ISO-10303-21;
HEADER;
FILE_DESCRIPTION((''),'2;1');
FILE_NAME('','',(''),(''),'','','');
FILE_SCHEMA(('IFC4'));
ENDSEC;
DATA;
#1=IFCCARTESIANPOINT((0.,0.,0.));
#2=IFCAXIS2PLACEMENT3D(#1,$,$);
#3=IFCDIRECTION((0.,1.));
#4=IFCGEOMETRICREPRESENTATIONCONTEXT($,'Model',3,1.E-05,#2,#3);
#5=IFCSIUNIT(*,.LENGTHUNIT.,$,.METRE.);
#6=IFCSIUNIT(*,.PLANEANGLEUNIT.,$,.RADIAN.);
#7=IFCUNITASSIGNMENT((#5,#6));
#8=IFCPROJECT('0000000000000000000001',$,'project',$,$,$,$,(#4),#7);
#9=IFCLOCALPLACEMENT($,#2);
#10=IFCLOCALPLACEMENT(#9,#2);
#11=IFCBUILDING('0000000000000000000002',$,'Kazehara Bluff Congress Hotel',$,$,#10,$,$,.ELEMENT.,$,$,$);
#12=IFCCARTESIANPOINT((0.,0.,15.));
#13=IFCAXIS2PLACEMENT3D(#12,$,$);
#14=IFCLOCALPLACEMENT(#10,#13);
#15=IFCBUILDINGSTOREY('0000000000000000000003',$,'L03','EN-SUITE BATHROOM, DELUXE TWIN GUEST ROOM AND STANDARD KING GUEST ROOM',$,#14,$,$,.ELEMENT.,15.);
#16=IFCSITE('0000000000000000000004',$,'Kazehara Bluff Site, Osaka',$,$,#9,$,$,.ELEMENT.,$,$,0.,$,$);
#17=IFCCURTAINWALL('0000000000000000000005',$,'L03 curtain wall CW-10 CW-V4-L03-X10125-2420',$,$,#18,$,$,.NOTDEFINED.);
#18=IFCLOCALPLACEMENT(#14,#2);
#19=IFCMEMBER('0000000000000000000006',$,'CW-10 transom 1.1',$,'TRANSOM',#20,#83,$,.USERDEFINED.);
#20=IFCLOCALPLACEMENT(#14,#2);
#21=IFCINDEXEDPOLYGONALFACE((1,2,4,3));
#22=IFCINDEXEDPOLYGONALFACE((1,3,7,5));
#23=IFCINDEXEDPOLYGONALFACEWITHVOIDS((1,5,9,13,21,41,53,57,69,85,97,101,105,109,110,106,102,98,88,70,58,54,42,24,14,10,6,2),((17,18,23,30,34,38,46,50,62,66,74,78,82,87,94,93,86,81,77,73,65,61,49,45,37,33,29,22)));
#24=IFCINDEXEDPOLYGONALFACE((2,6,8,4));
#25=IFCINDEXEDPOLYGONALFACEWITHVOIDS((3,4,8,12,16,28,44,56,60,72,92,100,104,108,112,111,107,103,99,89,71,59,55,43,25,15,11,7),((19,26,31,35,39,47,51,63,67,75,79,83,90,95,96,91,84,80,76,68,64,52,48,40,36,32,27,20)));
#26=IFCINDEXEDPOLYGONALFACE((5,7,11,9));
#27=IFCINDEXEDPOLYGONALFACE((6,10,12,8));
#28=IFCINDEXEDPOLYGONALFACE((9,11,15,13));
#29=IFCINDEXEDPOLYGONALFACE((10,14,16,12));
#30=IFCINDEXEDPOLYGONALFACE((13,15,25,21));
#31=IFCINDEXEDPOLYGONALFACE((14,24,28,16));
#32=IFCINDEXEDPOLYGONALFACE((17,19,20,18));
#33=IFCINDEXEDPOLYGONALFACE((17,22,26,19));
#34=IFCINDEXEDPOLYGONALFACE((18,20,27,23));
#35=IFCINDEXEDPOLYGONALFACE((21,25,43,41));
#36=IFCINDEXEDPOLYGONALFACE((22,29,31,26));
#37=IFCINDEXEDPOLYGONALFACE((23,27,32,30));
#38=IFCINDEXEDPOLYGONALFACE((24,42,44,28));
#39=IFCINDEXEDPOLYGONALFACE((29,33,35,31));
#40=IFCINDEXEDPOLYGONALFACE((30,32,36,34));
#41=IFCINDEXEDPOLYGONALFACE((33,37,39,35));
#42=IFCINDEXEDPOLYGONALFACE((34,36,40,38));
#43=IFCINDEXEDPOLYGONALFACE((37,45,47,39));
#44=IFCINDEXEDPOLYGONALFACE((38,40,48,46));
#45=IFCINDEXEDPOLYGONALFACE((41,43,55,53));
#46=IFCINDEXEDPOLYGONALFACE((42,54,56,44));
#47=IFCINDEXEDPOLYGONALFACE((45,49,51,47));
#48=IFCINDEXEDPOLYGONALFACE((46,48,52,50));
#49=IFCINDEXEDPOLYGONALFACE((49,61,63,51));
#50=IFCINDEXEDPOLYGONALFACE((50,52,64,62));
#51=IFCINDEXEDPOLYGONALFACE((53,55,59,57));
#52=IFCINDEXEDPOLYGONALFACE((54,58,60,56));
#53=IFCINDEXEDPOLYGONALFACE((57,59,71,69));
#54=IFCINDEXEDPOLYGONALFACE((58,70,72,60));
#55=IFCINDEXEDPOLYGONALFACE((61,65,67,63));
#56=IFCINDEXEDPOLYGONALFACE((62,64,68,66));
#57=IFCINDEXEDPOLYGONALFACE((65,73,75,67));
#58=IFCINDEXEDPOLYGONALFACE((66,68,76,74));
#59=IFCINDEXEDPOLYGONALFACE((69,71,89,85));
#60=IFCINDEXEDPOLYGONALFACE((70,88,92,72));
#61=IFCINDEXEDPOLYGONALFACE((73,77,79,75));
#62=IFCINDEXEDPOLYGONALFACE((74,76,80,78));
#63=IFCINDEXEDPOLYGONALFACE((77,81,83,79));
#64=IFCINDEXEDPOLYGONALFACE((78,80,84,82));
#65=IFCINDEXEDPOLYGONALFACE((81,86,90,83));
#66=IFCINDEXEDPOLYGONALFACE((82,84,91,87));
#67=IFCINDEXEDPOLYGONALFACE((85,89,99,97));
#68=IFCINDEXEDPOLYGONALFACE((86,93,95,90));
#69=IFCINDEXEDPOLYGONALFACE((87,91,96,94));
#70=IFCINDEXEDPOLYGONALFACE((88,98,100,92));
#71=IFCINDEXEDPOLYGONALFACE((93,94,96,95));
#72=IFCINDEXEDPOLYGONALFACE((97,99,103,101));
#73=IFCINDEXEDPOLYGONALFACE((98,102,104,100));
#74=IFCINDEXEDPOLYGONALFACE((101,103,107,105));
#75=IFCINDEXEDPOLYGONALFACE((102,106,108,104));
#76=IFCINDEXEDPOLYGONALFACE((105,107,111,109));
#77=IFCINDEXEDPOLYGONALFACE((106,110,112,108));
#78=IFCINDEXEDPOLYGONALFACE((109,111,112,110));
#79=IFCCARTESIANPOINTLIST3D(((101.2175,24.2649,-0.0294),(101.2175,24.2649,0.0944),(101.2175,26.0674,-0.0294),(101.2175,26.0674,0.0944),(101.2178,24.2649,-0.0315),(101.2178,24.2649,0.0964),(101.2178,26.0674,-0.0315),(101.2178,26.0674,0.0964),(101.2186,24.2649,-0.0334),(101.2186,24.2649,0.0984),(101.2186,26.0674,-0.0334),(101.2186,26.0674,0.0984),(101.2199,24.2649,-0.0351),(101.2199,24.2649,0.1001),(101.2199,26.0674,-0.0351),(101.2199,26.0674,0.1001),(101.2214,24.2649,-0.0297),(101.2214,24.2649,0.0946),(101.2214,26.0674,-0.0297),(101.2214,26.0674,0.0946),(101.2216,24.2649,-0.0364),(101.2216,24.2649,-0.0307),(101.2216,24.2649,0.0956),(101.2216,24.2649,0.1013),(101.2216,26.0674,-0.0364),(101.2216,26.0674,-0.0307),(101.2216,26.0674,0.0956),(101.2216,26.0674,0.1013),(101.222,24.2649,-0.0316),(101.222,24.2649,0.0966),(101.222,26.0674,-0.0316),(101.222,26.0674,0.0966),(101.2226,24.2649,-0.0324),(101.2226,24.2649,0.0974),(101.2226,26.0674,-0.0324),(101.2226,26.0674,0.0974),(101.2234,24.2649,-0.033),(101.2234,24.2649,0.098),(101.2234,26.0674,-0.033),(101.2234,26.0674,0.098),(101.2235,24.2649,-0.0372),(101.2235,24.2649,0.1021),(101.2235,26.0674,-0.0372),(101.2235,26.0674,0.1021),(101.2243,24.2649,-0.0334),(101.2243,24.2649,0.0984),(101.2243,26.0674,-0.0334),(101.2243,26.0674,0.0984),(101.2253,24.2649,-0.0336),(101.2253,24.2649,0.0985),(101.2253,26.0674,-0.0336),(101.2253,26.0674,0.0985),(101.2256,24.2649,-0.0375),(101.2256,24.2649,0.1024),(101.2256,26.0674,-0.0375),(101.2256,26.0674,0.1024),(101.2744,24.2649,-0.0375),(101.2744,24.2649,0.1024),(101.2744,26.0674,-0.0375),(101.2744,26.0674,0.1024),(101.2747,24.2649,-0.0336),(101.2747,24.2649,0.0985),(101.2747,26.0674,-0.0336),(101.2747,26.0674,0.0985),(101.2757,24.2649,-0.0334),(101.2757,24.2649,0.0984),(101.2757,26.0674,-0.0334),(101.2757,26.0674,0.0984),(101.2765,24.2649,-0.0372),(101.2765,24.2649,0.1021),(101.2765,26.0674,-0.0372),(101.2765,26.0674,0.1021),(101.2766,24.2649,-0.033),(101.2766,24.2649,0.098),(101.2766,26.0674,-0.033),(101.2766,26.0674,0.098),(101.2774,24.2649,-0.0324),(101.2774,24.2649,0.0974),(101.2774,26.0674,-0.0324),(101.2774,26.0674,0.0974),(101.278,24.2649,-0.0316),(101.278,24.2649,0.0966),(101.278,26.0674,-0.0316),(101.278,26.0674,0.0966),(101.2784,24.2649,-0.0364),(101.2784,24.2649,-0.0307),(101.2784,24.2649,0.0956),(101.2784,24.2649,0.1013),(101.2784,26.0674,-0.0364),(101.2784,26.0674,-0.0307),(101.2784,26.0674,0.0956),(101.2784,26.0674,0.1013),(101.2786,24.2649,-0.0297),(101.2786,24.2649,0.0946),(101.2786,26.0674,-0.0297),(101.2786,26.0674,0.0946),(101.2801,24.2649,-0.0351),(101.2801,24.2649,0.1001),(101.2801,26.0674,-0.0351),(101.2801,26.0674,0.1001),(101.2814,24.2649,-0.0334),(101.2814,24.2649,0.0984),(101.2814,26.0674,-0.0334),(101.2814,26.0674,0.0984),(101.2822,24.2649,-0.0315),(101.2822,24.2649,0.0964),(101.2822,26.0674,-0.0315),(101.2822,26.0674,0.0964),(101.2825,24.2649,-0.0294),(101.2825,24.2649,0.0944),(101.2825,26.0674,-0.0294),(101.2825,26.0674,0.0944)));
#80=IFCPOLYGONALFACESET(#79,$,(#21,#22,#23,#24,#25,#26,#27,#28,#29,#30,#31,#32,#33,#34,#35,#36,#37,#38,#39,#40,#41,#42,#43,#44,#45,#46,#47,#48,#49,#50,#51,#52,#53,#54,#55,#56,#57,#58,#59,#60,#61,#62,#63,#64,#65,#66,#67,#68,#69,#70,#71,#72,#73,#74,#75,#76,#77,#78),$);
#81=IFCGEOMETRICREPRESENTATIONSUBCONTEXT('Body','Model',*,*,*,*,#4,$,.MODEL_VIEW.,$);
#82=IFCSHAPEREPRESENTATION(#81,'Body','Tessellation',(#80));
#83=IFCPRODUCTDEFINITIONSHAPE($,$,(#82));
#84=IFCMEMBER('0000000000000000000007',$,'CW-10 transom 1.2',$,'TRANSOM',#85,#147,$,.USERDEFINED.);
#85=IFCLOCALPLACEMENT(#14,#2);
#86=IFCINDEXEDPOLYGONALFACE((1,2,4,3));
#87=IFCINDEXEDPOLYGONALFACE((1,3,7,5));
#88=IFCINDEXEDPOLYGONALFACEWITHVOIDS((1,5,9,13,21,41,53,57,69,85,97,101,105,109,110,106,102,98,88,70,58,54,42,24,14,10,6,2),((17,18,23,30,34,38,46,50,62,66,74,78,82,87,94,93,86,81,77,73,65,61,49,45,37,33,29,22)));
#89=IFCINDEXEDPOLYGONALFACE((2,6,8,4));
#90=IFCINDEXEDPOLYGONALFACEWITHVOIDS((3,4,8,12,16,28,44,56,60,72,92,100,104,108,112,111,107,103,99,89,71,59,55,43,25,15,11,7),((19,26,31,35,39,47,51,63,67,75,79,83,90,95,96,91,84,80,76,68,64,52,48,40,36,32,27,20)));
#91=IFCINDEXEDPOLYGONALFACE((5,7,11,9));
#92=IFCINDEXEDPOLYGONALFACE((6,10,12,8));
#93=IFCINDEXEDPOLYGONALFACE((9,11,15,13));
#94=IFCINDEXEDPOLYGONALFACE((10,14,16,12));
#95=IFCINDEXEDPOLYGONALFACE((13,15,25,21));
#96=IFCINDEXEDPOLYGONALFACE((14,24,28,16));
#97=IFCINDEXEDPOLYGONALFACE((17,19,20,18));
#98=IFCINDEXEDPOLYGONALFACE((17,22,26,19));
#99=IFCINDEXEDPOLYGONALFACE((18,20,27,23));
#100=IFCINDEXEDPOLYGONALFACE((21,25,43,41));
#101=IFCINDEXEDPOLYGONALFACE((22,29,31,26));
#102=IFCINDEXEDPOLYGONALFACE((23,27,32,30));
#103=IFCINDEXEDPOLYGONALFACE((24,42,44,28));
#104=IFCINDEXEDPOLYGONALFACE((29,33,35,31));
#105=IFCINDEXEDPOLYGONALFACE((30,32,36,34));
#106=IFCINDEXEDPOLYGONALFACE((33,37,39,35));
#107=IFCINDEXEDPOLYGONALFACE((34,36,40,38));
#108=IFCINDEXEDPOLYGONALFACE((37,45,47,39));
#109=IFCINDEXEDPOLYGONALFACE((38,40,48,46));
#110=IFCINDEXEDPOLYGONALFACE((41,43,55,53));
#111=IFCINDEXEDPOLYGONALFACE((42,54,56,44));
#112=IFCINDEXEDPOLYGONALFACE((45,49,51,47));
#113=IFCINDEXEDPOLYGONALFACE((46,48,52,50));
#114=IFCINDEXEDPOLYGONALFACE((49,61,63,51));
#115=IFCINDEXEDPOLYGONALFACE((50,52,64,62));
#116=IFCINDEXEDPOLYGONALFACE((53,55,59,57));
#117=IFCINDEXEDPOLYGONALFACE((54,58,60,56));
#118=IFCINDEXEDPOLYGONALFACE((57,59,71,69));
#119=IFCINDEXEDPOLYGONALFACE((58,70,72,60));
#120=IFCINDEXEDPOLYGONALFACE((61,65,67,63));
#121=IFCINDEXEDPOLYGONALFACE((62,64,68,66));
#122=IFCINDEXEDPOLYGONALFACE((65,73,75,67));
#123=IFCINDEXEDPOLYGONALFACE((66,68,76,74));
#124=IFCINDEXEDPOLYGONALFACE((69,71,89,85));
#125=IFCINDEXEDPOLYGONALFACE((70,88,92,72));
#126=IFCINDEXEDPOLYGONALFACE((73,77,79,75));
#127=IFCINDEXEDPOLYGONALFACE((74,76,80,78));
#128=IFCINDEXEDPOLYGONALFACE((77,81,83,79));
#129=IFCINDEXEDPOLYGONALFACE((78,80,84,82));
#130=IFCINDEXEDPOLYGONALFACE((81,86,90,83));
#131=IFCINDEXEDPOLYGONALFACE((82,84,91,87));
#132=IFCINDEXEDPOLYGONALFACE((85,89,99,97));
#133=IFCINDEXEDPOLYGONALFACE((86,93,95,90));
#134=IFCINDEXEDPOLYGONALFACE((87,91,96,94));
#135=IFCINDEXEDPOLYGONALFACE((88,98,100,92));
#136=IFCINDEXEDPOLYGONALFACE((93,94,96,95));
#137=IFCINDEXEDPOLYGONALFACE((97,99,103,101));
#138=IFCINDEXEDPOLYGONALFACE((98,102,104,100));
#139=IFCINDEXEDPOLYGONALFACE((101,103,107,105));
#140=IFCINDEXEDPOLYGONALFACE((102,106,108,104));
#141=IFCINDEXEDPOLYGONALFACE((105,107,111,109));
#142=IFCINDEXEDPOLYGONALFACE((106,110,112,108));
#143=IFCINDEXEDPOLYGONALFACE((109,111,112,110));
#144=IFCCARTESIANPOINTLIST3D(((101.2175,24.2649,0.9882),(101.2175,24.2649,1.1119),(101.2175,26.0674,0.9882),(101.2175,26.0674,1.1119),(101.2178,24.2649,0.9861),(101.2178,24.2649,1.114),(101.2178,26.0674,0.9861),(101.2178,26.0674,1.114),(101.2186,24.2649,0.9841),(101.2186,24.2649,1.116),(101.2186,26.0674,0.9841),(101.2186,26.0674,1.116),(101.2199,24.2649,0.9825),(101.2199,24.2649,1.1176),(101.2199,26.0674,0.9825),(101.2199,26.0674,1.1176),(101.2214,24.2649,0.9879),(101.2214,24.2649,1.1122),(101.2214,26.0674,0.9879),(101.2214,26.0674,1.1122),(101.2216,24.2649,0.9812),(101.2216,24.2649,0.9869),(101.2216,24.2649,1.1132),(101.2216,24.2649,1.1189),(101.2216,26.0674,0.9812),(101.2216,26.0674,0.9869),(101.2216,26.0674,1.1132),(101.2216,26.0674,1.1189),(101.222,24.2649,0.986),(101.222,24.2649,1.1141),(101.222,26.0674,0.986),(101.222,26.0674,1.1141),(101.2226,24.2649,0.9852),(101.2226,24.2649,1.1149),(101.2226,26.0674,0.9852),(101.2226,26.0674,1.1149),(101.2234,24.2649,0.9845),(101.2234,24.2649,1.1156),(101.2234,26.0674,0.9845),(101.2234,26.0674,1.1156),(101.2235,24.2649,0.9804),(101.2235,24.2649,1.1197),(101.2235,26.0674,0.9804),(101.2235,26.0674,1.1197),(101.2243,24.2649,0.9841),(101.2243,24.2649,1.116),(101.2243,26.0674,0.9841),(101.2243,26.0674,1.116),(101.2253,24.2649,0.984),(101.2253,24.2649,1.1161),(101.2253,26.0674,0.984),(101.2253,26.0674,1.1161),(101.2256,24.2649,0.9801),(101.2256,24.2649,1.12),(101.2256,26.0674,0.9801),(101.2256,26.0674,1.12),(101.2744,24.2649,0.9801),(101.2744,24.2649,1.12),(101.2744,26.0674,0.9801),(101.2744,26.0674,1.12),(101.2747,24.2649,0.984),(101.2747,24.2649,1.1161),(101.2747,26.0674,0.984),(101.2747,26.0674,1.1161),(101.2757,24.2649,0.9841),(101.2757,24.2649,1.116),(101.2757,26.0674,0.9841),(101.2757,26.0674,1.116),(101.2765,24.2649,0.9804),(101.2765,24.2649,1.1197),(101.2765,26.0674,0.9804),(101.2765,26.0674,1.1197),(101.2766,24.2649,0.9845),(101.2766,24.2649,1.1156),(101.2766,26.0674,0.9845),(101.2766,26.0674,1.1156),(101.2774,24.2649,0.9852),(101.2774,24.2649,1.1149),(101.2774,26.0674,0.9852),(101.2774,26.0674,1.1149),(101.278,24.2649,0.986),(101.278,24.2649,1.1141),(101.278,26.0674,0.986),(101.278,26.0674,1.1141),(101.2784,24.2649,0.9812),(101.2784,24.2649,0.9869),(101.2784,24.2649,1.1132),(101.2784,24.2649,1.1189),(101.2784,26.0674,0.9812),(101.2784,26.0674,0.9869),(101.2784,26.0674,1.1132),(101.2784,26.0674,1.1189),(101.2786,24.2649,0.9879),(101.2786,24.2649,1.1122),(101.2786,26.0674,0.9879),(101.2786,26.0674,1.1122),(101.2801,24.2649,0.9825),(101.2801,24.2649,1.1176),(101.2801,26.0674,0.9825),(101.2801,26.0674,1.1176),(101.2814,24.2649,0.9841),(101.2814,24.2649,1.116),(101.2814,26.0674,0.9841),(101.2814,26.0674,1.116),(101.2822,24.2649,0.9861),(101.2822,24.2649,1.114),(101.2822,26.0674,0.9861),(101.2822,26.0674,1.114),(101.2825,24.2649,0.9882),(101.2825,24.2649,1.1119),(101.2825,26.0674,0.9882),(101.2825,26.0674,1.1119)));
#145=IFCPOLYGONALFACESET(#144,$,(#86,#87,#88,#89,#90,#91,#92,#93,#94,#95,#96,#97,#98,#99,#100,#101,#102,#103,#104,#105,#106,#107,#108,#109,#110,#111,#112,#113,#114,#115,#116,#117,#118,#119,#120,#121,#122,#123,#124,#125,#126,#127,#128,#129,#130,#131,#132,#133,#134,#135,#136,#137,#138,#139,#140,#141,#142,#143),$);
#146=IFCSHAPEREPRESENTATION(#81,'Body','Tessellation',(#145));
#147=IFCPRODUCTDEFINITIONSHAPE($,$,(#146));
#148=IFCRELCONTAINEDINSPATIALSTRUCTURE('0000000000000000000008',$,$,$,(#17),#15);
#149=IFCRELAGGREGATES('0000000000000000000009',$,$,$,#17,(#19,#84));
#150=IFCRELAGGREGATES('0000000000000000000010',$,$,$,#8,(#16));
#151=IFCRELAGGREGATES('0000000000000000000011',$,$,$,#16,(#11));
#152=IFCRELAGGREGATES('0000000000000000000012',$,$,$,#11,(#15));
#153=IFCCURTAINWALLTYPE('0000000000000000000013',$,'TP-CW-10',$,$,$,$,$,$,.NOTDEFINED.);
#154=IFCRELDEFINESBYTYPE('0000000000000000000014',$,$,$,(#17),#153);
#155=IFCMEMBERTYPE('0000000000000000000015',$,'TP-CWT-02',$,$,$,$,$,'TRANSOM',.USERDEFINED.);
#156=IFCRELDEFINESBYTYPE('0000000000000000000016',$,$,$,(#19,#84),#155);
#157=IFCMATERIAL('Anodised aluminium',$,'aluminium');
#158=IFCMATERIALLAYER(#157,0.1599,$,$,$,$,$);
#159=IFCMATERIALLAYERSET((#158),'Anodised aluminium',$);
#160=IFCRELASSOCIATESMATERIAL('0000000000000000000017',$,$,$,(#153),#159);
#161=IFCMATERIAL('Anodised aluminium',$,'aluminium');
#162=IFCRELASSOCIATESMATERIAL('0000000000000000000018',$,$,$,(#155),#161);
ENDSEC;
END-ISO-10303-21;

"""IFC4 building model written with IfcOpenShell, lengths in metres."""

from ifc_helpers import new_model, si_unit, direction, frame, origin, origin_2d, place, context, subcontext, project, spatial, hollow_rectangle, extrude, material, layer, layer_set, material_profile, profile_set, type_object, element, aggregate, save


model = new_model("IFC4")

# Units and contexts
model_context = context("Model", 3, precision=1e-05, world=origin(), true_north=direction((0.0, 1.0)))
body_context = subcontext(model_context, "Body", "Model", "MODEL_VIEW")
ifc_project = project(units=[si_unit("LENGTHUNIT", "METRE"), si_unit("PLANEANGLEUNIT", "RADIAN")], contexts=[model_context])

# Site, building, storey
site_placement = place(None, origin())
site = spatial("IfcSite", under=ifc_project, at=site_placement, Name="Kazehara Bluff Site, Osaka", CompositionType="ELEMENT", RefElevation=0.0)
building_placement = place(site_placement, origin())
building = spatial("IfcBuilding", under=site, at=building_placement, Name="Kazehara Bluff Congress Hotel", CompositionType="ELEMENT")
storey_placement = place(building_placement, frame((0.0, 0.0, 15.0)))
storey = spatial("IfcBuildingStorey", under=building, at=storey_placement, Name="L03", Description="EN-SUITE BATHROOM, DELUXE TWIN GUEST ROOM AND STANDARD KING GUEST ROOM", CompositionType="ELEMENT", Elevation=15.0)

# Curtain wall, members
ifc_material_1 = material(Name="Anodised aluminium", Category="aluminium")
ifc_layer_1 = layer(ifc_material_1, 0.1599)
ifc_layer_set_1 = layer_set([ifc_layer_1], Name="Anodised aluminium")
curtain_wall_type = type_object("IfcCurtainWallType", Name="TP-CW-10", PredefinedType="NOTDEFINED", material=ifc_layer_set_1)
curtain_wall_placement = place(storey_placement, origin())
curtain_wall = element("IfcCurtainWall", 1, at=curtain_wall_placement, inside=storey, type_object=curtain_wall_type, Name="L03 curtain wall CW-10 CW-V4-L03-X10125-2420", PredefinedType="NOTDEFINED")
ifc_material_2 = material(Name="Anodised aluminium", Category="aluminium")
ifc_material_profile_1 = material_profile(ifc_material_2, hollow_rectangle(XDim=0.0649, YDim=0.1399, WallThickness=0.0039, InnerFilletRadius=0.0039, OuterFilletRadius=0.0081, at=origin_2d()))
ifc_profile_set_1 = profile_set([ifc_material_profile_1], Name="Anodised aluminium")
member_type_1 = type_object("IfcMemberType", Name="TP-CWT-02", ElementType="TRANSOM", PredefinedType="USERDEFINED", material=ifc_profile_set_1)
member_1_placement = place(storey_placement, frame((101.25, 24.2649, 0.0325), z_axis=(0.0, 1.0, 0.0), x_axis=(-1.0, 0.0, 0.0)))
member_1 = element("IfcMember", 2, at=member_1_placement, type_object=member_type_1, Name="CW-10 transom 1.1", ObjectType="TRANSOM", PredefinedType="USERDEFINED", context=body_context, shape_type="SweptSolid", body=[
    extrude(hollow_rectangle(XDim=0.0649, YDim=0.1399, WallThickness=0.0039, InnerFilletRadius=0.0039, OuterFilletRadius=0.0081, at=origin_2d()), origin(), (0.0, 0.0, 1.0), 1.8025),
])
member_2_placement = place(storey_placement, frame((101.25, 24.2649, 1.05), z_axis=(0.0, 1.0, 0.0), x_axis=(-1.0, 0.0, 0.0)))
member_2 = element("IfcMember", 3, at=member_2_placement, type_object=member_type_1, Name="CW-10 transom 1.2", ObjectType="TRANSOM", PredefinedType="USERDEFINED", context=body_context, shape_type="SweptSolid", body=[
    extrude(hollow_rectangle(XDim=0.0649, YDim=0.1399, WallThickness=0.0039, InnerFilletRadius=0.0039, OuterFilletRadius=0.0081, at=origin_2d()), origin(), (0.0, 0.0, 1.0), 1.8025),
])

aggregate(curtain_wall, [member_1, member_2])

save(model, "model.ifc")
